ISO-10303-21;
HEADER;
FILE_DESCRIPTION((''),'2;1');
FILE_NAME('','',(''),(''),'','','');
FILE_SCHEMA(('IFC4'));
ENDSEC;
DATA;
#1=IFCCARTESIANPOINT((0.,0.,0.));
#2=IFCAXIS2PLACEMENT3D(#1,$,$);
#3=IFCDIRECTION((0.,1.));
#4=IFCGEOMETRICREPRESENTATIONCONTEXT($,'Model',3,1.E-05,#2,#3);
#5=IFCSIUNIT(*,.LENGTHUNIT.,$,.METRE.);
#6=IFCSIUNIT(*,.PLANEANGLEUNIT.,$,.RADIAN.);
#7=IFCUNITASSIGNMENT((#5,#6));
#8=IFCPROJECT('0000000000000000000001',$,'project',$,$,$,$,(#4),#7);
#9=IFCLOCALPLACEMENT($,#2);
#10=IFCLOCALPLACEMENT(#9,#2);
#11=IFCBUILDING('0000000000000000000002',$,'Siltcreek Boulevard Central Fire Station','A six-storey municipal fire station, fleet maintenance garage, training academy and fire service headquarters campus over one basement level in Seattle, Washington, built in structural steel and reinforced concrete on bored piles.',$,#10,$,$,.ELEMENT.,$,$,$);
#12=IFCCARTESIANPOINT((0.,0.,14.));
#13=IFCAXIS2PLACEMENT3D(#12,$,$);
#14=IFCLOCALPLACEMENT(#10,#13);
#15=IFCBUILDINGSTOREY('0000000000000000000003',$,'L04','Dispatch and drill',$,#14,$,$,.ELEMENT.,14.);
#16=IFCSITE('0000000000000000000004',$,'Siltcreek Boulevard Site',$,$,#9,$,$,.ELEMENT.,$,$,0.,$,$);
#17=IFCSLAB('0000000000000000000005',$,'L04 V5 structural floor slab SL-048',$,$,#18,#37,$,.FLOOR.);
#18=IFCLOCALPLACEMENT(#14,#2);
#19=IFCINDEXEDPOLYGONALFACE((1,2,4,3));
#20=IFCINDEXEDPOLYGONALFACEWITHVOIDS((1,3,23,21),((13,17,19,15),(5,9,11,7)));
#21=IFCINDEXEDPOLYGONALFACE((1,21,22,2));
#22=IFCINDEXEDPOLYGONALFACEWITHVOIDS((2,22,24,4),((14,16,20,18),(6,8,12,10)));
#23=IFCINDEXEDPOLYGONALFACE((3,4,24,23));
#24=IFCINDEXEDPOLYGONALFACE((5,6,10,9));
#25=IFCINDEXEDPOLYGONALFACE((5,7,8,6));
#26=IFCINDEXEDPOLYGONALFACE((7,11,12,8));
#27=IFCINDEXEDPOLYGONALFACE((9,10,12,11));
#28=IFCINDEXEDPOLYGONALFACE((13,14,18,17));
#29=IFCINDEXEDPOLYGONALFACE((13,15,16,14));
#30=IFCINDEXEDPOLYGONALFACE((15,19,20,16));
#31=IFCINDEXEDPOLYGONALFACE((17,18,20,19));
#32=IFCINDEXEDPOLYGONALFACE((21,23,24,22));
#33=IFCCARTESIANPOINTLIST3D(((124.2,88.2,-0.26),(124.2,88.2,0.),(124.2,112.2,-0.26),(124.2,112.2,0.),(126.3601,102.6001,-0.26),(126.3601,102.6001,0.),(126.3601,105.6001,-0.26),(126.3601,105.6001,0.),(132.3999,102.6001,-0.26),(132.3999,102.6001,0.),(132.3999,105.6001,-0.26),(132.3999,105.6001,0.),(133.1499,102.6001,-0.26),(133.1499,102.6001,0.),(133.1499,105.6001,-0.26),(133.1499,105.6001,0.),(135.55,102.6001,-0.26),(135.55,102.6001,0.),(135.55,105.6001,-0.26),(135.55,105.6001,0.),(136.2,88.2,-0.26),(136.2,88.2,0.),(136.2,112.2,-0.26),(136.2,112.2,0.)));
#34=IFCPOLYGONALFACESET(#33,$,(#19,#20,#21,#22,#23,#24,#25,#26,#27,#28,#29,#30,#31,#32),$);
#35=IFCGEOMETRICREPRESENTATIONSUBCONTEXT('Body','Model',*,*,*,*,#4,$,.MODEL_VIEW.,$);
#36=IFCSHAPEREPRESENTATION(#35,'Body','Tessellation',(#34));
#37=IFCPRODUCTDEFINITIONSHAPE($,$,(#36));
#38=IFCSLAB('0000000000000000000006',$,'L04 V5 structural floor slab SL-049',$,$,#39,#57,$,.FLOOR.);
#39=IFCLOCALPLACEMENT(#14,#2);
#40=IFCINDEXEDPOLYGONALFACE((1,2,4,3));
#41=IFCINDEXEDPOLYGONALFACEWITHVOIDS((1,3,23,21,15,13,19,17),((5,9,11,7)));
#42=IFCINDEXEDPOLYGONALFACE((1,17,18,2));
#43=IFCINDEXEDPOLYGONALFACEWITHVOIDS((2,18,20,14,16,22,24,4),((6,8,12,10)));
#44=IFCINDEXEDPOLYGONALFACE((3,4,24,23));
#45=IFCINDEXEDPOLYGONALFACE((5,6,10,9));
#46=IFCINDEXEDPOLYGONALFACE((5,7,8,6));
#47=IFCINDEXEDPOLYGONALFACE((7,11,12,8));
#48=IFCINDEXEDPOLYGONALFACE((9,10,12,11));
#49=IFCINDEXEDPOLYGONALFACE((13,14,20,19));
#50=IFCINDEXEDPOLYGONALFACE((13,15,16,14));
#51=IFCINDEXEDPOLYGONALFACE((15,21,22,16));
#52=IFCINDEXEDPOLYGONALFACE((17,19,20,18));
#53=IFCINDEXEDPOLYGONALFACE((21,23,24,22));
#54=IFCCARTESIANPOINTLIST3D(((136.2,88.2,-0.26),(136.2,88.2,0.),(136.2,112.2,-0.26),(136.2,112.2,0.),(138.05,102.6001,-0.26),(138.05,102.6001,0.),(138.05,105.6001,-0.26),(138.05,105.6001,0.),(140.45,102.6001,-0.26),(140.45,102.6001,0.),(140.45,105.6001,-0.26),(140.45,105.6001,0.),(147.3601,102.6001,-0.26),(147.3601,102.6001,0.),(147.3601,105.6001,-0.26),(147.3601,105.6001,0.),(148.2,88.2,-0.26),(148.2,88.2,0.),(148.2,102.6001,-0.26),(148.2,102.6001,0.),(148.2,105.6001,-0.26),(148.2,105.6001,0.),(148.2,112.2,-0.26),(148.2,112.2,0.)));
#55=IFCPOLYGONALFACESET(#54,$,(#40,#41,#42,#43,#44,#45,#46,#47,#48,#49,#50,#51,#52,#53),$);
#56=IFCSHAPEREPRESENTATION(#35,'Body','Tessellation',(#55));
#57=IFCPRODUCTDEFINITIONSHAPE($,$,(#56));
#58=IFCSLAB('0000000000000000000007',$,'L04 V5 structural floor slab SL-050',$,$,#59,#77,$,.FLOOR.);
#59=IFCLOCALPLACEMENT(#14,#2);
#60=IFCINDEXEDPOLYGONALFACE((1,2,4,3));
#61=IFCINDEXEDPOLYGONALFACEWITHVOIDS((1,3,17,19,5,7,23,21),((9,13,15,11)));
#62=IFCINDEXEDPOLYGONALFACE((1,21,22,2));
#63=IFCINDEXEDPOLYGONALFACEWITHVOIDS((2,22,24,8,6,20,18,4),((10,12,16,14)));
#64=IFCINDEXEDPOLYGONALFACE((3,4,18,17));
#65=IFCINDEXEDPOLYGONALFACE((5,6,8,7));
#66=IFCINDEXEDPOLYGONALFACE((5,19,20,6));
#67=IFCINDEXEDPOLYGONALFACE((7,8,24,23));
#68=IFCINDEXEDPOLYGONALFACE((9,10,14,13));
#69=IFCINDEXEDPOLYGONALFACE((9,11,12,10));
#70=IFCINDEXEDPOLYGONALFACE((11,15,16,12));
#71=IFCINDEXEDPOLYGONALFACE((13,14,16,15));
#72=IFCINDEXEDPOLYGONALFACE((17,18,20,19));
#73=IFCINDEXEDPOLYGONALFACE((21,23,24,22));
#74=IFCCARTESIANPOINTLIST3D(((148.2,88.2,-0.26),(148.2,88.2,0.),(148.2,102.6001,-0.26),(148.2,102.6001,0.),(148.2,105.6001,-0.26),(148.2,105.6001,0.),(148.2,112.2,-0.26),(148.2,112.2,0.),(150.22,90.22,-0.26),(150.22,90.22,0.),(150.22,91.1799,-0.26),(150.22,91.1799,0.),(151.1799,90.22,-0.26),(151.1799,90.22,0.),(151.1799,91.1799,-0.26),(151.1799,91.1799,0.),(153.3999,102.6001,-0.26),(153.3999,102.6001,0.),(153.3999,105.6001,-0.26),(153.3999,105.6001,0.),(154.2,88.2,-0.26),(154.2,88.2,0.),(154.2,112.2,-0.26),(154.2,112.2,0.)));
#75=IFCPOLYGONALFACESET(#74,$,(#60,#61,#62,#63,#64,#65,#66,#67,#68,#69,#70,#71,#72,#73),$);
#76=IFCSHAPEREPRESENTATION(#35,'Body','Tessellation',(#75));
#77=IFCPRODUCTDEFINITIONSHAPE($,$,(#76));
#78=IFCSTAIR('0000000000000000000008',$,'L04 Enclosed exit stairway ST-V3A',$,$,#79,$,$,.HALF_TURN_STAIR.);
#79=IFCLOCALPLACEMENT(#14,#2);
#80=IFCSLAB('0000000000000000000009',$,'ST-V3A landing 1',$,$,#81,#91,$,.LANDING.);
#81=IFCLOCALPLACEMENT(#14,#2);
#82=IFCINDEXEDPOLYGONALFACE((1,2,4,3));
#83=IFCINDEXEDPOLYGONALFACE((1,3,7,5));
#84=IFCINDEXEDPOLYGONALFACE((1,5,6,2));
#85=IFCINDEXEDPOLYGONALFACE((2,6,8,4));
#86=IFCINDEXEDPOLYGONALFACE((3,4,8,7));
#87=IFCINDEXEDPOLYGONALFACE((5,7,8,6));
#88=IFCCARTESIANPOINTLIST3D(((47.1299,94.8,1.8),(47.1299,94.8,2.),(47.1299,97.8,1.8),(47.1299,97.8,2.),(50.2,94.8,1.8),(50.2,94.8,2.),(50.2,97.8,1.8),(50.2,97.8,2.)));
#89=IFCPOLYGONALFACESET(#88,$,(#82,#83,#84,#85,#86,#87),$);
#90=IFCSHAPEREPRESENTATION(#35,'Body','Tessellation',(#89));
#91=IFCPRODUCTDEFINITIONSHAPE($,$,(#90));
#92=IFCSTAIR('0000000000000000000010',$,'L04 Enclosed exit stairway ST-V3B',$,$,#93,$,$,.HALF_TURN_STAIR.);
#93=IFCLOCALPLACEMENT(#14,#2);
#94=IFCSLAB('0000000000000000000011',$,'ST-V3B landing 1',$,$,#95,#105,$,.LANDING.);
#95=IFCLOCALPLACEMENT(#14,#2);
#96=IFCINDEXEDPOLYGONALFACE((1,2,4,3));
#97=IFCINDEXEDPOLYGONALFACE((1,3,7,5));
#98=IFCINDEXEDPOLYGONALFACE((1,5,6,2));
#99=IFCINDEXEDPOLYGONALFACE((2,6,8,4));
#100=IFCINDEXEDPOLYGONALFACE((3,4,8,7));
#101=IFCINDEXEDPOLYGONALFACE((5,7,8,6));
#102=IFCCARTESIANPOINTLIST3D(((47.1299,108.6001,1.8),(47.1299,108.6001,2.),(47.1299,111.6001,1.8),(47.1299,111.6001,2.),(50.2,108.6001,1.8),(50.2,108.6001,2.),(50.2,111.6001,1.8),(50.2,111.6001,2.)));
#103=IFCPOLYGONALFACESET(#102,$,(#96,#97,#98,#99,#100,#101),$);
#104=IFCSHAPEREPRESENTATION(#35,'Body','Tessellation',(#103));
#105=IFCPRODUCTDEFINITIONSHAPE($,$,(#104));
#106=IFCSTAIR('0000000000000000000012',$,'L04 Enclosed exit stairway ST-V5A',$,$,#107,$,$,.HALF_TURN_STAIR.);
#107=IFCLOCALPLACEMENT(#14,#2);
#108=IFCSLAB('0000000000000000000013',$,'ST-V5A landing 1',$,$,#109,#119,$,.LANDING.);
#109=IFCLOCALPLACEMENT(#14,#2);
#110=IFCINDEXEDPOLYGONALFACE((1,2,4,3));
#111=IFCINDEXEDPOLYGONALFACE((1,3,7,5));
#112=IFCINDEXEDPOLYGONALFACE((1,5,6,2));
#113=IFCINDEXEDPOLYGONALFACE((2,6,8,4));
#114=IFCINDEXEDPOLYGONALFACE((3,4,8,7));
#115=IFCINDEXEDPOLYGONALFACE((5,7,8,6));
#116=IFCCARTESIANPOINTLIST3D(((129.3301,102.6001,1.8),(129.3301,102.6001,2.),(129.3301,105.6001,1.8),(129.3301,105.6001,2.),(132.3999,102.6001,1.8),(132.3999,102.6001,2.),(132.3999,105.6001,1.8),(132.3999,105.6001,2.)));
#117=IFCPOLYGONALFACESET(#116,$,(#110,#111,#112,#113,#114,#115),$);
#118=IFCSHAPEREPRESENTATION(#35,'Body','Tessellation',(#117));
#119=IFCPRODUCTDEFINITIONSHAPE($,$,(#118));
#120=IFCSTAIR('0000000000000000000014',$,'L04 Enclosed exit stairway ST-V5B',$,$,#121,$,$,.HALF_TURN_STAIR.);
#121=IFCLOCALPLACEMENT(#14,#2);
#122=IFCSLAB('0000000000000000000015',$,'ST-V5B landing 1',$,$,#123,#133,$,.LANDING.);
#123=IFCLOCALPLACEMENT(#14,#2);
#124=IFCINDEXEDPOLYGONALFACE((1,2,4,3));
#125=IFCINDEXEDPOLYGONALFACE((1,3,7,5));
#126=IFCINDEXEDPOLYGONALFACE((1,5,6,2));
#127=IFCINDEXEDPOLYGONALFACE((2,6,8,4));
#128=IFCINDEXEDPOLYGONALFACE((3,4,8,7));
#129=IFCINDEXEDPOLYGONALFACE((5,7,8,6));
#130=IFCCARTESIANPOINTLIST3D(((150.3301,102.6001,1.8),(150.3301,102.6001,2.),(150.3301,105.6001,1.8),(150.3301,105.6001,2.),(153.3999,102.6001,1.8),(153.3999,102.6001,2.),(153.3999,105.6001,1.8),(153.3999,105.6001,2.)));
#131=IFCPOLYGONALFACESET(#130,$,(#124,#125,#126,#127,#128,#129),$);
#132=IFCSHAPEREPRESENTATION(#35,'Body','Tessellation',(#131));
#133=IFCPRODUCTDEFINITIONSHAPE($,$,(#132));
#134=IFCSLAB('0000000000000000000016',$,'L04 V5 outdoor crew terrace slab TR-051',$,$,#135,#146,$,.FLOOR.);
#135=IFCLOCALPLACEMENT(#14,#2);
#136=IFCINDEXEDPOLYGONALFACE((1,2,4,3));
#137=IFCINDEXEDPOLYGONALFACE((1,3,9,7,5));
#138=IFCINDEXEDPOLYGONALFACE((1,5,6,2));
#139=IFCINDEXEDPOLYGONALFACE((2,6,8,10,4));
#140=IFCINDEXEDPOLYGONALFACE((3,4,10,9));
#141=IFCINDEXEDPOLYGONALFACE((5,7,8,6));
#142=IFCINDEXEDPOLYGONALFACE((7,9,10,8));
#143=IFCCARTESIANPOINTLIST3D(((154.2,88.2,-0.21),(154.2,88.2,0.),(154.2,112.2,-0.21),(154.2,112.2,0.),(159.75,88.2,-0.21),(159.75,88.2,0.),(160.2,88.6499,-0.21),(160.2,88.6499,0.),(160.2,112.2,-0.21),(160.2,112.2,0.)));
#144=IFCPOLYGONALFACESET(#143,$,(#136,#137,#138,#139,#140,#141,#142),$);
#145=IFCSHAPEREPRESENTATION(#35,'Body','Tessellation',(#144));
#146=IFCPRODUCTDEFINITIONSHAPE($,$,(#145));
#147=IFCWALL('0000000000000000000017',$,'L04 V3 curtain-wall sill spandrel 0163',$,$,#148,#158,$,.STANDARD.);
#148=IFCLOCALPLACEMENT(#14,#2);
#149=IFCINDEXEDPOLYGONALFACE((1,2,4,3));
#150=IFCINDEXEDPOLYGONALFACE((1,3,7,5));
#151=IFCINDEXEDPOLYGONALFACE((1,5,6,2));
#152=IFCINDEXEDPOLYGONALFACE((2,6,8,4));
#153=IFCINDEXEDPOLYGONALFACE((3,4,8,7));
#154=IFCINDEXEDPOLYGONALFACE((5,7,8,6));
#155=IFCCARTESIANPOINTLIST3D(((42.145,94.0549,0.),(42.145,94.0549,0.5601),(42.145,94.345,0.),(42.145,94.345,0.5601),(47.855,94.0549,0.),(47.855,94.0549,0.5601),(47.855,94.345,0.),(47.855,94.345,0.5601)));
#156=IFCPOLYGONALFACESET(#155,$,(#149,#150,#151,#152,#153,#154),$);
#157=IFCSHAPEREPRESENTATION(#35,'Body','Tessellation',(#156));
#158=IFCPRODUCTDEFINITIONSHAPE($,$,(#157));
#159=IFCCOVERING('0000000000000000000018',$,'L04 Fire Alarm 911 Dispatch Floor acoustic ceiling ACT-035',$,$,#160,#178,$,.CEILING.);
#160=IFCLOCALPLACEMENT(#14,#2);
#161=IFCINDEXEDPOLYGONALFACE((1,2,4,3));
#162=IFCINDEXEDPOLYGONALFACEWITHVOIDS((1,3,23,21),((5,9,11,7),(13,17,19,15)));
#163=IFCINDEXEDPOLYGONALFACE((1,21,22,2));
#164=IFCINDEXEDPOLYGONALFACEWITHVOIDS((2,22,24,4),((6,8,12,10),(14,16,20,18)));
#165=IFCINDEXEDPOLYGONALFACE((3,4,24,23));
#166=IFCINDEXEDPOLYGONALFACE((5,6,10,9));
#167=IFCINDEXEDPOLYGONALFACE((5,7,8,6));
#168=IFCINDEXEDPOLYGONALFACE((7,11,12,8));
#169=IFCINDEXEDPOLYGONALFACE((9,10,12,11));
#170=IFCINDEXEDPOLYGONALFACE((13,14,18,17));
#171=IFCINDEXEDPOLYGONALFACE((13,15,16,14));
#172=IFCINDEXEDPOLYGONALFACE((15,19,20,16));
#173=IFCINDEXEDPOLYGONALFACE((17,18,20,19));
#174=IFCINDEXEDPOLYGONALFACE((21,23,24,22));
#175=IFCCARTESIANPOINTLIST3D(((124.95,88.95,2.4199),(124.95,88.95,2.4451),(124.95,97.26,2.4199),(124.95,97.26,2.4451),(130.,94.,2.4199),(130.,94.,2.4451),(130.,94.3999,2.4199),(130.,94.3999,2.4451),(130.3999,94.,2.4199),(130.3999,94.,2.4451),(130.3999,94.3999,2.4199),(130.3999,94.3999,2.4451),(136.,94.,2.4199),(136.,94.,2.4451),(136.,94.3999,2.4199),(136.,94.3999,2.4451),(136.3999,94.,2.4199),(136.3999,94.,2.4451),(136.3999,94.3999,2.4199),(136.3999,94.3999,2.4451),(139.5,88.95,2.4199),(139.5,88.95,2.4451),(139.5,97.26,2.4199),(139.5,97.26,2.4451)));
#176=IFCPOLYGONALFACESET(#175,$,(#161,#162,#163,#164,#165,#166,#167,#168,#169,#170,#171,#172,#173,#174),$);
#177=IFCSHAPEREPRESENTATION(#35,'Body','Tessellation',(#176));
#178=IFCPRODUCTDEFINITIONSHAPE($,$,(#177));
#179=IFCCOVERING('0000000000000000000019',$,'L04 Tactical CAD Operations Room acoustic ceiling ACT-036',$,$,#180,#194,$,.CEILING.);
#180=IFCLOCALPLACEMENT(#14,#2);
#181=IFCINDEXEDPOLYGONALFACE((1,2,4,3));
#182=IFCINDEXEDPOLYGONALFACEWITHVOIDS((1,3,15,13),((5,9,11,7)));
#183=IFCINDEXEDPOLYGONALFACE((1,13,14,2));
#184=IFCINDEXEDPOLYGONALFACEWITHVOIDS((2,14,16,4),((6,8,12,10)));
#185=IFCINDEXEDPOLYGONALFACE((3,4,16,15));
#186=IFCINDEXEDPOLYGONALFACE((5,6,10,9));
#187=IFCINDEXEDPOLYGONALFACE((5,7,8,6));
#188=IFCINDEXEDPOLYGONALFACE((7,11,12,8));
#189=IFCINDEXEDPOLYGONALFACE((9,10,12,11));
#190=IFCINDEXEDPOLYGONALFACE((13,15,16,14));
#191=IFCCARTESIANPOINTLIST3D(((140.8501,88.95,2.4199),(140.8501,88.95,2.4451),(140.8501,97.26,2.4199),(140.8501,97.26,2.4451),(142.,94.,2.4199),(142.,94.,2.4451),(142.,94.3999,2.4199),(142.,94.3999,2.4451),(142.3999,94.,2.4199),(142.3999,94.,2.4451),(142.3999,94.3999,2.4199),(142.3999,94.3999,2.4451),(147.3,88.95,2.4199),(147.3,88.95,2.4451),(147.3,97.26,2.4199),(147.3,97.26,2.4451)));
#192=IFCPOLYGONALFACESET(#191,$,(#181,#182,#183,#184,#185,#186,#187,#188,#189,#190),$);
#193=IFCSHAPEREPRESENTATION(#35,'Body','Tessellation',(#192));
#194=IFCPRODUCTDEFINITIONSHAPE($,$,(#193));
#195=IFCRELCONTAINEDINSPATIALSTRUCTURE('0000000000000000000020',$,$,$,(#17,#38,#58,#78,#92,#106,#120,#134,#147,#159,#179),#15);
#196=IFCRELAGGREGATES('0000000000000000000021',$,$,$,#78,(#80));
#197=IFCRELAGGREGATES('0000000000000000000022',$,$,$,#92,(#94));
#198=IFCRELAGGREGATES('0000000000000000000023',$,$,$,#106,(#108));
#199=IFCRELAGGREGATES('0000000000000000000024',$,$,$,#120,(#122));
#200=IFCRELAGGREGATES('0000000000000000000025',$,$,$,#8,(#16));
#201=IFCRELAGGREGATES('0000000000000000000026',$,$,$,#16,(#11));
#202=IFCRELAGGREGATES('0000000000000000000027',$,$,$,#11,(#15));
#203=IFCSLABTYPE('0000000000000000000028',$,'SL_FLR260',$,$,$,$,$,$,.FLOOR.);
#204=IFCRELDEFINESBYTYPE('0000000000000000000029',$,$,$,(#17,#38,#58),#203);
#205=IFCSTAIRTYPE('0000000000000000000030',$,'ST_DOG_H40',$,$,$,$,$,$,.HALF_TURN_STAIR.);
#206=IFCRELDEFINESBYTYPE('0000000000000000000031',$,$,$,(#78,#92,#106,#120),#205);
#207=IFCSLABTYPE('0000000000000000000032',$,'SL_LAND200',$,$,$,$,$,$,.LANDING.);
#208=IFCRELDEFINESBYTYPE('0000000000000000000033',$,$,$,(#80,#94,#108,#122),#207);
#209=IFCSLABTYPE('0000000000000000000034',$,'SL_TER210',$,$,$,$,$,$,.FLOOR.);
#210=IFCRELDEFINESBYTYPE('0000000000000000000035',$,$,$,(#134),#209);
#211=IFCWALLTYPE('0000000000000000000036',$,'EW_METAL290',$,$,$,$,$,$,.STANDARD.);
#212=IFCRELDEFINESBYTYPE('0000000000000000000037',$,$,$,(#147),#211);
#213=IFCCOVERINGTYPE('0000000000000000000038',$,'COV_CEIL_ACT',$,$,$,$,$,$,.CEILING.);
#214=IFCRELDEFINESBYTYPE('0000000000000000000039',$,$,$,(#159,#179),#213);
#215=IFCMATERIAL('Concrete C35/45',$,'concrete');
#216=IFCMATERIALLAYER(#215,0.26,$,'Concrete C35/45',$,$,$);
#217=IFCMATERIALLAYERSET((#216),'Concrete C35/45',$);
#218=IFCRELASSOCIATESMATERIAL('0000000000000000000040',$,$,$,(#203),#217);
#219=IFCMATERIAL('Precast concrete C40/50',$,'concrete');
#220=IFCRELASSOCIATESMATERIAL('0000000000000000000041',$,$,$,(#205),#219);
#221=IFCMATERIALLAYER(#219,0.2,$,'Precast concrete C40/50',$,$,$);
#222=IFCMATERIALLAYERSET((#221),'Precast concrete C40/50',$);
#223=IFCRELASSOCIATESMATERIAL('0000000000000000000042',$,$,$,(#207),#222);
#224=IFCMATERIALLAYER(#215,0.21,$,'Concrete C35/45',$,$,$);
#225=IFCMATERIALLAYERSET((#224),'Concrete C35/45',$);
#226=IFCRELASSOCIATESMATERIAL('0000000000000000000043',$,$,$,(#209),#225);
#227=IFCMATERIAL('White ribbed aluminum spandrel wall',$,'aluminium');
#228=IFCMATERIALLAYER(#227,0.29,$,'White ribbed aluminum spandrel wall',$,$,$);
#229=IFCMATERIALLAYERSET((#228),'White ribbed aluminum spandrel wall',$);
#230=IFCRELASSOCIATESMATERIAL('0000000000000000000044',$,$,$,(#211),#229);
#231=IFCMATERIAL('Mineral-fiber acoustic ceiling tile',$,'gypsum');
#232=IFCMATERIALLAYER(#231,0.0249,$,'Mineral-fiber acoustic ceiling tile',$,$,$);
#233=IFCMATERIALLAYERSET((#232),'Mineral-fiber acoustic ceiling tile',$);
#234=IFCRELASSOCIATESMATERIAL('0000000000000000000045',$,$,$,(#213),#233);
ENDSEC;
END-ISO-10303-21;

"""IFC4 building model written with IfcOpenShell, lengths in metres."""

from ifc_helpers import new_model, si_unit, direction, frame, frame_2d, origin, place, context, subcontext, project, spatial, polyline, rectangle, outline, extrude, material, layer, layer_set, type_object, element, aggregate, save


model = new_model("IFC4")

# Units and contexts
model_context = context("Model", 3, precision=1e-05, world=origin(), true_north=direction((0.0, 1.0)))
body_context = subcontext(model_context, "Body", "Model", "MODEL_VIEW")
ifc_project = project(units=[si_unit("LENGTHUNIT", "METRE"), si_unit("PLANEANGLEUNIT", "RADIAN")], contexts=[model_context])

# Site, building, storey
site_placement = place(None, origin())
site = spatial("IfcSite", under=ifc_project, at=site_placement, Name="Siltcreek Boulevard Site", CompositionType="ELEMENT", RefElevation=0.0)
building_placement = place(site_placement, origin())
building = spatial("IfcBuilding", under=site, at=building_placement, Name="Siltcreek Boulevard Central Fire Station", Description="A six-storey municipal fire station, fleet maintenance garage, training academy and fire service headquarters campus over one basement level in Seattle, Washington, built in structural steel and reinforced concrete on bored piles.", CompositionType="ELEMENT")
storey_placement = place(building_placement, frame((0.0, 0.0, 14.0)))
storey = spatial("IfcBuildingStorey", under=building, at=storey_placement, Name="L04", Description="Dispatch and drill", CompositionType="ELEMENT", Elevation=14.0)

# Slabs
ifc_material_1 = material(Name="Concrete C35/45", Category="concrete")
ifc_layer_1 = layer(ifc_material_1, 0.26, Name="Concrete C35/45")
ifc_layer_set_1 = layer_set([ifc_layer_1], Name="Concrete C35/45")
slab_type_1 = type_object("IfcSlabType", Name="SL_FLR260", PredefinedType="FLOOR", material=ifc_layer_set_1)
slab_1_placement = place(storey_placement, frame((0.0, 0.0, -0.26)))
element("IfcSlab", 1, at=slab_1_placement, inside=storey, type_object=slab_type_1, Name="L04 V5 structural floor slab SL-048", PredefinedType="FLOOR", context=body_context, shape_type="SweptSolid", body=[
    extrude(outline(polyline([(124.2, 112.2), (136.2, 112.2), (136.2, 88.2), (124.2, 88.2), (124.2, 112.2)]), holes=[polyline([(132.3999, 105.6001), (126.3601, 105.6001), (126.3601, 102.6001), (132.3999, 102.6001), (132.3999, 105.6001)]), polyline([(135.55, 105.6001), (133.1499, 105.6001), (133.1499, 102.6001), (135.55, 102.6001), (135.55, 105.6001)])]), origin(), (0.0, 0.0, 1.0), 0.26),
])
slab_2_placement = place(storey_placement, frame((0.0, 0.0, -0.26)))
element("IfcSlab", 2, at=slab_2_placement, inside=storey, type_object=slab_type_1, Name="L04 V5 structural floor slab SL-049", PredefinedType="FLOOR", context=body_context, shape_type="SweptSolid", body=[
    extrude(outline(polyline([(148.2, 88.2), (136.2, 88.2), (136.2, 112.2), (148.2, 112.2), (148.2, 105.6001), (147.3601, 105.6001), (147.3601, 102.6001), (148.2, 102.6001), (148.2, 88.2)]), holes=[polyline([(140.45, 105.6001), (138.05, 105.6001), (138.05, 102.6001), (140.45, 102.6001), (140.45, 105.6001)])]), origin(), (0.0, 0.0, 1.0), 0.26),
])
slab_3_placement = place(storey_placement, frame((0.0, 0.0, -0.26)))
element("IfcSlab", 3, at=slab_3_placement, inside=storey, type_object=slab_type_1, Name="L04 V5 structural floor slab SL-050", PredefinedType="FLOOR", context=body_context, shape_type="SweptSolid", body=[
    extrude(outline(polyline([(154.2, 112.2), (154.2, 88.2), (148.2, 88.2), (148.2, 102.6001), (153.3999, 102.6001), (153.3999, 105.6001), (148.2, 105.6001), (148.2, 112.2), (154.2, 112.2)]), holes=[polyline([(151.1799, 91.1799), (150.22, 91.1799), (150.22, 90.22), (151.1799, 90.22), (151.1799, 91.1799)])]), origin(), (0.0, 0.0, 1.0), 0.26),
])

# Stairs, slabs
ifc_material_2 = material(Name="Precast concrete C40/50", Category="concrete")
stair_type = type_object("IfcStairType", Name="ST_DOG_H40", PredefinedType="HALF_TURN_STAIR", material=ifc_material_2)
stair_1_placement = place(storey_placement, origin())
stair_1 = element("IfcStair", 4, at=stair_1_placement, inside=storey, type_object=stair_type, Name="L04 Enclosed exit stairway ST-V3A", PredefinedType="HALF_TURN_STAIR")
ifc_layer_2 = layer(ifc_material_2, 0.2, Name="Precast concrete C40/50")
ifc_layer_set_2 = layer_set([ifc_layer_2], Name="Precast concrete C40/50")
slab_type_2 = type_object("IfcSlabType", Name="SL_LAND200", PredefinedType="LANDING", material=ifc_layer_set_2)
slab_4_placement = place(storey_placement, frame((0.0, 0.0, 1.8)))
slab_4 = element("IfcSlab", 5, at=slab_4_placement, type_object=slab_type_2, Name="ST-V3A landing 1", PredefinedType="LANDING", context=body_context, shape_type="SweptSolid", body=[
    extrude(outline(polyline([(47.1299, 94.8), (50.2, 94.8), (50.2, 97.8), (47.1299, 97.8), (47.1299, 94.8)])), origin(), (0.0, 0.0, 1.0), 0.2),
])
aggregate(stair_1, [slab_4])
stair_2_placement = place(storey_placement, origin())
stair_2 = element("IfcStair", 6, at=stair_2_placement, inside=storey, type_object=stair_type, Name="L04 Enclosed exit stairway ST-V3B", PredefinedType="HALF_TURN_STAIR")
slab_5_placement = place(storey_placement, frame((0.0, 0.0, 1.8)))
slab_5 = element("IfcSlab", 7, at=slab_5_placement, type_object=slab_type_2, Name="ST-V3B landing 1", PredefinedType="LANDING", context=body_context, shape_type="SweptSolid", body=[
    extrude(outline(polyline([(47.1299, 108.6001), (50.2, 108.6001), (50.2, 111.6001), (47.1299, 111.6001), (47.1299, 108.6001)])), origin(), (0.0, 0.0, 1.0), 0.2),
])
aggregate(stair_2, [slab_5])
stair_3_placement = place(storey_placement, origin())
stair_3 = element("IfcStair", 8, at=stair_3_placement, inside=storey, type_object=stair_type, Name="L04 Enclosed exit stairway ST-V5A", PredefinedType="HALF_TURN_STAIR")
slab_6_placement = place(storey_placement, frame((0.0, 0.0, 1.8)))
slab_6 = element("IfcSlab", 9, at=slab_6_placement, type_object=slab_type_2, Name="ST-V5A landing 1", PredefinedType="LANDING", context=body_context, shape_type="SweptSolid", body=[
    extrude(outline(polyline([(129.3301, 102.6001), (132.3999, 102.6001), (132.3999, 105.6001), (129.3301, 105.6001), (129.3301, 102.6001)])), origin(), (0.0, 0.0, 1.0), 0.2),
])
aggregate(stair_3, [slab_6])
stair_4_placement = place(storey_placement, origin())
stair_4 = element("IfcStair", 10, at=stair_4_placement, inside=storey, type_object=stair_type, Name="L04 Enclosed exit stairway ST-V5B", PredefinedType="HALF_TURN_STAIR")
slab_7_placement = place(storey_placement, frame((0.0, 0.0, 1.8)))
slab_7 = element("IfcSlab", 11, at=slab_7_placement, type_object=slab_type_2, Name="ST-V5B landing 1", PredefinedType="LANDING", context=body_context, shape_type="SweptSolid", body=[
    extrude(outline(polyline([(150.3301, 102.6001), (153.3999, 102.6001), (153.3999, 105.6001), (150.3301, 105.6001), (150.3301, 102.6001)])), origin(), (0.0, 0.0, 1.0), 0.2),
])
aggregate(stair_4, [slab_7])

# Slab
ifc_layer_3 = layer(ifc_material_1, 0.21, Name="Concrete C35/45")
ifc_layer_set_3 = layer_set([ifc_layer_3], Name="Concrete C35/45")
slab_type_3 = type_object("IfcSlabType", Name="SL_TER210", PredefinedType="FLOOR", material=ifc_layer_set_3)
slab_8_placement = place(storey_placement, frame((0.0, 0.0, -0.21)))
element("IfcSlab", 12, at=slab_8_placement, inside=storey, type_object=slab_type_3, Name="L04 V5 outdoor crew terrace slab TR-051", PredefinedType="FLOOR", context=body_context, shape_type="SweptSolid", body=[
    extrude(outline(polyline([(154.2, 88.2), (159.75, 88.2), (160.2, 88.6499), (160.2, 112.2), (154.2, 112.2), (154.2, 88.2)])), origin(), (0.0, 0.0, 1.0), 0.21),
])

# Wall
ifc_material_3 = material(Name="White ribbed aluminum spandrel wall", Category="aluminium")
ifc_layer_4 = layer(ifc_material_3, 0.29, Name="White ribbed aluminum spandrel wall")
ifc_layer_set_4 = layer_set([ifc_layer_4], Name="White ribbed aluminum spandrel wall")
wall_type = type_object("IfcWallType", Name="EW_METAL290", PredefinedType="STANDARD", material=ifc_layer_set_4)
wall_placement = place(storey_placement, frame((42.145, 94.2, 0.0), z_axis=(0.0, 0.0, 1.0), x_axis=(1.0, 0.0, 0.0)))
element("IfcWall", 13, at=wall_placement, inside=storey, type_object=wall_type, Name="L04 V3 curtain-wall sill spandrel 0163", PredefinedType="STANDARD", context=body_context, shape_type="SweptSolid", body=[
    extrude(rectangle(XDim=5.71, YDim=0.29, at=frame_2d((2.855, 0.0))), origin(), (0.0, 0.0, 1.0), 0.5601),
])

# Coverings
ifc_material_4 = material(Name="Mineral-fiber acoustic ceiling tile", Category="gypsum")
ifc_layer_5 = layer(ifc_material_4, 0.0249, Name="Mineral-fiber acoustic ceiling tile")
ifc_layer_set_5 = layer_set([ifc_layer_5], Name="Mineral-fiber acoustic ceiling tile")
covering_type = type_object("IfcCoveringType", Name="COV_CEIL_ACT", PredefinedType="CEILING", material=ifc_layer_set_5)
covering_1_placement = place(storey_placement, frame((0.0, 0.0, 2.4199)))
element("IfcCovering", 14, at=covering_1_placement, inside=storey, type_object=covering_type, Name="L04 Fire Alarm 911 Dispatch Floor acoustic ceiling ACT-035", PredefinedType="CEILING", context=body_context, shape_type="SweptSolid", body=[
    extrude(outline(polyline([(124.95, 88.95), (139.5, 88.95), (139.5, 97.26), (124.95, 97.26), (124.95, 88.95)]), holes=[polyline([(130.0, 94.0), (130.3999, 94.0), (130.3999, 94.3999), (130.0, 94.3999), (130.0, 94.0)]), polyline([(136.0, 94.0), (136.3999, 94.0), (136.3999, 94.3999), (136.0, 94.3999), (136.0, 94.0)])]), origin(), (0.0, 0.0, 1.0), 0.0251),
])
covering_2_placement = place(storey_placement, frame((0.0, 0.0, 2.4199)))
element("IfcCovering", 15, at=covering_2_placement, inside=storey, type_object=covering_type, Name="L04 Tactical CAD Operations Room acoustic ceiling ACT-036", PredefinedType="CEILING", context=body_context, shape_type="SweptSolid", body=[
    extrude(outline(polyline([(140.8501, 88.95), (147.3, 88.95), (147.3, 97.26), (140.8501, 97.26), (140.8501, 88.95)]), holes=[polyline([(142.0, 94.0), (142.3999, 94.0), (142.3999, 94.3999), (142.0, 94.3999), (142.0, 94.0)])]), origin(), (0.0, 0.0, 1.0), 0.0251),
])

save(model, "model.ifc")
